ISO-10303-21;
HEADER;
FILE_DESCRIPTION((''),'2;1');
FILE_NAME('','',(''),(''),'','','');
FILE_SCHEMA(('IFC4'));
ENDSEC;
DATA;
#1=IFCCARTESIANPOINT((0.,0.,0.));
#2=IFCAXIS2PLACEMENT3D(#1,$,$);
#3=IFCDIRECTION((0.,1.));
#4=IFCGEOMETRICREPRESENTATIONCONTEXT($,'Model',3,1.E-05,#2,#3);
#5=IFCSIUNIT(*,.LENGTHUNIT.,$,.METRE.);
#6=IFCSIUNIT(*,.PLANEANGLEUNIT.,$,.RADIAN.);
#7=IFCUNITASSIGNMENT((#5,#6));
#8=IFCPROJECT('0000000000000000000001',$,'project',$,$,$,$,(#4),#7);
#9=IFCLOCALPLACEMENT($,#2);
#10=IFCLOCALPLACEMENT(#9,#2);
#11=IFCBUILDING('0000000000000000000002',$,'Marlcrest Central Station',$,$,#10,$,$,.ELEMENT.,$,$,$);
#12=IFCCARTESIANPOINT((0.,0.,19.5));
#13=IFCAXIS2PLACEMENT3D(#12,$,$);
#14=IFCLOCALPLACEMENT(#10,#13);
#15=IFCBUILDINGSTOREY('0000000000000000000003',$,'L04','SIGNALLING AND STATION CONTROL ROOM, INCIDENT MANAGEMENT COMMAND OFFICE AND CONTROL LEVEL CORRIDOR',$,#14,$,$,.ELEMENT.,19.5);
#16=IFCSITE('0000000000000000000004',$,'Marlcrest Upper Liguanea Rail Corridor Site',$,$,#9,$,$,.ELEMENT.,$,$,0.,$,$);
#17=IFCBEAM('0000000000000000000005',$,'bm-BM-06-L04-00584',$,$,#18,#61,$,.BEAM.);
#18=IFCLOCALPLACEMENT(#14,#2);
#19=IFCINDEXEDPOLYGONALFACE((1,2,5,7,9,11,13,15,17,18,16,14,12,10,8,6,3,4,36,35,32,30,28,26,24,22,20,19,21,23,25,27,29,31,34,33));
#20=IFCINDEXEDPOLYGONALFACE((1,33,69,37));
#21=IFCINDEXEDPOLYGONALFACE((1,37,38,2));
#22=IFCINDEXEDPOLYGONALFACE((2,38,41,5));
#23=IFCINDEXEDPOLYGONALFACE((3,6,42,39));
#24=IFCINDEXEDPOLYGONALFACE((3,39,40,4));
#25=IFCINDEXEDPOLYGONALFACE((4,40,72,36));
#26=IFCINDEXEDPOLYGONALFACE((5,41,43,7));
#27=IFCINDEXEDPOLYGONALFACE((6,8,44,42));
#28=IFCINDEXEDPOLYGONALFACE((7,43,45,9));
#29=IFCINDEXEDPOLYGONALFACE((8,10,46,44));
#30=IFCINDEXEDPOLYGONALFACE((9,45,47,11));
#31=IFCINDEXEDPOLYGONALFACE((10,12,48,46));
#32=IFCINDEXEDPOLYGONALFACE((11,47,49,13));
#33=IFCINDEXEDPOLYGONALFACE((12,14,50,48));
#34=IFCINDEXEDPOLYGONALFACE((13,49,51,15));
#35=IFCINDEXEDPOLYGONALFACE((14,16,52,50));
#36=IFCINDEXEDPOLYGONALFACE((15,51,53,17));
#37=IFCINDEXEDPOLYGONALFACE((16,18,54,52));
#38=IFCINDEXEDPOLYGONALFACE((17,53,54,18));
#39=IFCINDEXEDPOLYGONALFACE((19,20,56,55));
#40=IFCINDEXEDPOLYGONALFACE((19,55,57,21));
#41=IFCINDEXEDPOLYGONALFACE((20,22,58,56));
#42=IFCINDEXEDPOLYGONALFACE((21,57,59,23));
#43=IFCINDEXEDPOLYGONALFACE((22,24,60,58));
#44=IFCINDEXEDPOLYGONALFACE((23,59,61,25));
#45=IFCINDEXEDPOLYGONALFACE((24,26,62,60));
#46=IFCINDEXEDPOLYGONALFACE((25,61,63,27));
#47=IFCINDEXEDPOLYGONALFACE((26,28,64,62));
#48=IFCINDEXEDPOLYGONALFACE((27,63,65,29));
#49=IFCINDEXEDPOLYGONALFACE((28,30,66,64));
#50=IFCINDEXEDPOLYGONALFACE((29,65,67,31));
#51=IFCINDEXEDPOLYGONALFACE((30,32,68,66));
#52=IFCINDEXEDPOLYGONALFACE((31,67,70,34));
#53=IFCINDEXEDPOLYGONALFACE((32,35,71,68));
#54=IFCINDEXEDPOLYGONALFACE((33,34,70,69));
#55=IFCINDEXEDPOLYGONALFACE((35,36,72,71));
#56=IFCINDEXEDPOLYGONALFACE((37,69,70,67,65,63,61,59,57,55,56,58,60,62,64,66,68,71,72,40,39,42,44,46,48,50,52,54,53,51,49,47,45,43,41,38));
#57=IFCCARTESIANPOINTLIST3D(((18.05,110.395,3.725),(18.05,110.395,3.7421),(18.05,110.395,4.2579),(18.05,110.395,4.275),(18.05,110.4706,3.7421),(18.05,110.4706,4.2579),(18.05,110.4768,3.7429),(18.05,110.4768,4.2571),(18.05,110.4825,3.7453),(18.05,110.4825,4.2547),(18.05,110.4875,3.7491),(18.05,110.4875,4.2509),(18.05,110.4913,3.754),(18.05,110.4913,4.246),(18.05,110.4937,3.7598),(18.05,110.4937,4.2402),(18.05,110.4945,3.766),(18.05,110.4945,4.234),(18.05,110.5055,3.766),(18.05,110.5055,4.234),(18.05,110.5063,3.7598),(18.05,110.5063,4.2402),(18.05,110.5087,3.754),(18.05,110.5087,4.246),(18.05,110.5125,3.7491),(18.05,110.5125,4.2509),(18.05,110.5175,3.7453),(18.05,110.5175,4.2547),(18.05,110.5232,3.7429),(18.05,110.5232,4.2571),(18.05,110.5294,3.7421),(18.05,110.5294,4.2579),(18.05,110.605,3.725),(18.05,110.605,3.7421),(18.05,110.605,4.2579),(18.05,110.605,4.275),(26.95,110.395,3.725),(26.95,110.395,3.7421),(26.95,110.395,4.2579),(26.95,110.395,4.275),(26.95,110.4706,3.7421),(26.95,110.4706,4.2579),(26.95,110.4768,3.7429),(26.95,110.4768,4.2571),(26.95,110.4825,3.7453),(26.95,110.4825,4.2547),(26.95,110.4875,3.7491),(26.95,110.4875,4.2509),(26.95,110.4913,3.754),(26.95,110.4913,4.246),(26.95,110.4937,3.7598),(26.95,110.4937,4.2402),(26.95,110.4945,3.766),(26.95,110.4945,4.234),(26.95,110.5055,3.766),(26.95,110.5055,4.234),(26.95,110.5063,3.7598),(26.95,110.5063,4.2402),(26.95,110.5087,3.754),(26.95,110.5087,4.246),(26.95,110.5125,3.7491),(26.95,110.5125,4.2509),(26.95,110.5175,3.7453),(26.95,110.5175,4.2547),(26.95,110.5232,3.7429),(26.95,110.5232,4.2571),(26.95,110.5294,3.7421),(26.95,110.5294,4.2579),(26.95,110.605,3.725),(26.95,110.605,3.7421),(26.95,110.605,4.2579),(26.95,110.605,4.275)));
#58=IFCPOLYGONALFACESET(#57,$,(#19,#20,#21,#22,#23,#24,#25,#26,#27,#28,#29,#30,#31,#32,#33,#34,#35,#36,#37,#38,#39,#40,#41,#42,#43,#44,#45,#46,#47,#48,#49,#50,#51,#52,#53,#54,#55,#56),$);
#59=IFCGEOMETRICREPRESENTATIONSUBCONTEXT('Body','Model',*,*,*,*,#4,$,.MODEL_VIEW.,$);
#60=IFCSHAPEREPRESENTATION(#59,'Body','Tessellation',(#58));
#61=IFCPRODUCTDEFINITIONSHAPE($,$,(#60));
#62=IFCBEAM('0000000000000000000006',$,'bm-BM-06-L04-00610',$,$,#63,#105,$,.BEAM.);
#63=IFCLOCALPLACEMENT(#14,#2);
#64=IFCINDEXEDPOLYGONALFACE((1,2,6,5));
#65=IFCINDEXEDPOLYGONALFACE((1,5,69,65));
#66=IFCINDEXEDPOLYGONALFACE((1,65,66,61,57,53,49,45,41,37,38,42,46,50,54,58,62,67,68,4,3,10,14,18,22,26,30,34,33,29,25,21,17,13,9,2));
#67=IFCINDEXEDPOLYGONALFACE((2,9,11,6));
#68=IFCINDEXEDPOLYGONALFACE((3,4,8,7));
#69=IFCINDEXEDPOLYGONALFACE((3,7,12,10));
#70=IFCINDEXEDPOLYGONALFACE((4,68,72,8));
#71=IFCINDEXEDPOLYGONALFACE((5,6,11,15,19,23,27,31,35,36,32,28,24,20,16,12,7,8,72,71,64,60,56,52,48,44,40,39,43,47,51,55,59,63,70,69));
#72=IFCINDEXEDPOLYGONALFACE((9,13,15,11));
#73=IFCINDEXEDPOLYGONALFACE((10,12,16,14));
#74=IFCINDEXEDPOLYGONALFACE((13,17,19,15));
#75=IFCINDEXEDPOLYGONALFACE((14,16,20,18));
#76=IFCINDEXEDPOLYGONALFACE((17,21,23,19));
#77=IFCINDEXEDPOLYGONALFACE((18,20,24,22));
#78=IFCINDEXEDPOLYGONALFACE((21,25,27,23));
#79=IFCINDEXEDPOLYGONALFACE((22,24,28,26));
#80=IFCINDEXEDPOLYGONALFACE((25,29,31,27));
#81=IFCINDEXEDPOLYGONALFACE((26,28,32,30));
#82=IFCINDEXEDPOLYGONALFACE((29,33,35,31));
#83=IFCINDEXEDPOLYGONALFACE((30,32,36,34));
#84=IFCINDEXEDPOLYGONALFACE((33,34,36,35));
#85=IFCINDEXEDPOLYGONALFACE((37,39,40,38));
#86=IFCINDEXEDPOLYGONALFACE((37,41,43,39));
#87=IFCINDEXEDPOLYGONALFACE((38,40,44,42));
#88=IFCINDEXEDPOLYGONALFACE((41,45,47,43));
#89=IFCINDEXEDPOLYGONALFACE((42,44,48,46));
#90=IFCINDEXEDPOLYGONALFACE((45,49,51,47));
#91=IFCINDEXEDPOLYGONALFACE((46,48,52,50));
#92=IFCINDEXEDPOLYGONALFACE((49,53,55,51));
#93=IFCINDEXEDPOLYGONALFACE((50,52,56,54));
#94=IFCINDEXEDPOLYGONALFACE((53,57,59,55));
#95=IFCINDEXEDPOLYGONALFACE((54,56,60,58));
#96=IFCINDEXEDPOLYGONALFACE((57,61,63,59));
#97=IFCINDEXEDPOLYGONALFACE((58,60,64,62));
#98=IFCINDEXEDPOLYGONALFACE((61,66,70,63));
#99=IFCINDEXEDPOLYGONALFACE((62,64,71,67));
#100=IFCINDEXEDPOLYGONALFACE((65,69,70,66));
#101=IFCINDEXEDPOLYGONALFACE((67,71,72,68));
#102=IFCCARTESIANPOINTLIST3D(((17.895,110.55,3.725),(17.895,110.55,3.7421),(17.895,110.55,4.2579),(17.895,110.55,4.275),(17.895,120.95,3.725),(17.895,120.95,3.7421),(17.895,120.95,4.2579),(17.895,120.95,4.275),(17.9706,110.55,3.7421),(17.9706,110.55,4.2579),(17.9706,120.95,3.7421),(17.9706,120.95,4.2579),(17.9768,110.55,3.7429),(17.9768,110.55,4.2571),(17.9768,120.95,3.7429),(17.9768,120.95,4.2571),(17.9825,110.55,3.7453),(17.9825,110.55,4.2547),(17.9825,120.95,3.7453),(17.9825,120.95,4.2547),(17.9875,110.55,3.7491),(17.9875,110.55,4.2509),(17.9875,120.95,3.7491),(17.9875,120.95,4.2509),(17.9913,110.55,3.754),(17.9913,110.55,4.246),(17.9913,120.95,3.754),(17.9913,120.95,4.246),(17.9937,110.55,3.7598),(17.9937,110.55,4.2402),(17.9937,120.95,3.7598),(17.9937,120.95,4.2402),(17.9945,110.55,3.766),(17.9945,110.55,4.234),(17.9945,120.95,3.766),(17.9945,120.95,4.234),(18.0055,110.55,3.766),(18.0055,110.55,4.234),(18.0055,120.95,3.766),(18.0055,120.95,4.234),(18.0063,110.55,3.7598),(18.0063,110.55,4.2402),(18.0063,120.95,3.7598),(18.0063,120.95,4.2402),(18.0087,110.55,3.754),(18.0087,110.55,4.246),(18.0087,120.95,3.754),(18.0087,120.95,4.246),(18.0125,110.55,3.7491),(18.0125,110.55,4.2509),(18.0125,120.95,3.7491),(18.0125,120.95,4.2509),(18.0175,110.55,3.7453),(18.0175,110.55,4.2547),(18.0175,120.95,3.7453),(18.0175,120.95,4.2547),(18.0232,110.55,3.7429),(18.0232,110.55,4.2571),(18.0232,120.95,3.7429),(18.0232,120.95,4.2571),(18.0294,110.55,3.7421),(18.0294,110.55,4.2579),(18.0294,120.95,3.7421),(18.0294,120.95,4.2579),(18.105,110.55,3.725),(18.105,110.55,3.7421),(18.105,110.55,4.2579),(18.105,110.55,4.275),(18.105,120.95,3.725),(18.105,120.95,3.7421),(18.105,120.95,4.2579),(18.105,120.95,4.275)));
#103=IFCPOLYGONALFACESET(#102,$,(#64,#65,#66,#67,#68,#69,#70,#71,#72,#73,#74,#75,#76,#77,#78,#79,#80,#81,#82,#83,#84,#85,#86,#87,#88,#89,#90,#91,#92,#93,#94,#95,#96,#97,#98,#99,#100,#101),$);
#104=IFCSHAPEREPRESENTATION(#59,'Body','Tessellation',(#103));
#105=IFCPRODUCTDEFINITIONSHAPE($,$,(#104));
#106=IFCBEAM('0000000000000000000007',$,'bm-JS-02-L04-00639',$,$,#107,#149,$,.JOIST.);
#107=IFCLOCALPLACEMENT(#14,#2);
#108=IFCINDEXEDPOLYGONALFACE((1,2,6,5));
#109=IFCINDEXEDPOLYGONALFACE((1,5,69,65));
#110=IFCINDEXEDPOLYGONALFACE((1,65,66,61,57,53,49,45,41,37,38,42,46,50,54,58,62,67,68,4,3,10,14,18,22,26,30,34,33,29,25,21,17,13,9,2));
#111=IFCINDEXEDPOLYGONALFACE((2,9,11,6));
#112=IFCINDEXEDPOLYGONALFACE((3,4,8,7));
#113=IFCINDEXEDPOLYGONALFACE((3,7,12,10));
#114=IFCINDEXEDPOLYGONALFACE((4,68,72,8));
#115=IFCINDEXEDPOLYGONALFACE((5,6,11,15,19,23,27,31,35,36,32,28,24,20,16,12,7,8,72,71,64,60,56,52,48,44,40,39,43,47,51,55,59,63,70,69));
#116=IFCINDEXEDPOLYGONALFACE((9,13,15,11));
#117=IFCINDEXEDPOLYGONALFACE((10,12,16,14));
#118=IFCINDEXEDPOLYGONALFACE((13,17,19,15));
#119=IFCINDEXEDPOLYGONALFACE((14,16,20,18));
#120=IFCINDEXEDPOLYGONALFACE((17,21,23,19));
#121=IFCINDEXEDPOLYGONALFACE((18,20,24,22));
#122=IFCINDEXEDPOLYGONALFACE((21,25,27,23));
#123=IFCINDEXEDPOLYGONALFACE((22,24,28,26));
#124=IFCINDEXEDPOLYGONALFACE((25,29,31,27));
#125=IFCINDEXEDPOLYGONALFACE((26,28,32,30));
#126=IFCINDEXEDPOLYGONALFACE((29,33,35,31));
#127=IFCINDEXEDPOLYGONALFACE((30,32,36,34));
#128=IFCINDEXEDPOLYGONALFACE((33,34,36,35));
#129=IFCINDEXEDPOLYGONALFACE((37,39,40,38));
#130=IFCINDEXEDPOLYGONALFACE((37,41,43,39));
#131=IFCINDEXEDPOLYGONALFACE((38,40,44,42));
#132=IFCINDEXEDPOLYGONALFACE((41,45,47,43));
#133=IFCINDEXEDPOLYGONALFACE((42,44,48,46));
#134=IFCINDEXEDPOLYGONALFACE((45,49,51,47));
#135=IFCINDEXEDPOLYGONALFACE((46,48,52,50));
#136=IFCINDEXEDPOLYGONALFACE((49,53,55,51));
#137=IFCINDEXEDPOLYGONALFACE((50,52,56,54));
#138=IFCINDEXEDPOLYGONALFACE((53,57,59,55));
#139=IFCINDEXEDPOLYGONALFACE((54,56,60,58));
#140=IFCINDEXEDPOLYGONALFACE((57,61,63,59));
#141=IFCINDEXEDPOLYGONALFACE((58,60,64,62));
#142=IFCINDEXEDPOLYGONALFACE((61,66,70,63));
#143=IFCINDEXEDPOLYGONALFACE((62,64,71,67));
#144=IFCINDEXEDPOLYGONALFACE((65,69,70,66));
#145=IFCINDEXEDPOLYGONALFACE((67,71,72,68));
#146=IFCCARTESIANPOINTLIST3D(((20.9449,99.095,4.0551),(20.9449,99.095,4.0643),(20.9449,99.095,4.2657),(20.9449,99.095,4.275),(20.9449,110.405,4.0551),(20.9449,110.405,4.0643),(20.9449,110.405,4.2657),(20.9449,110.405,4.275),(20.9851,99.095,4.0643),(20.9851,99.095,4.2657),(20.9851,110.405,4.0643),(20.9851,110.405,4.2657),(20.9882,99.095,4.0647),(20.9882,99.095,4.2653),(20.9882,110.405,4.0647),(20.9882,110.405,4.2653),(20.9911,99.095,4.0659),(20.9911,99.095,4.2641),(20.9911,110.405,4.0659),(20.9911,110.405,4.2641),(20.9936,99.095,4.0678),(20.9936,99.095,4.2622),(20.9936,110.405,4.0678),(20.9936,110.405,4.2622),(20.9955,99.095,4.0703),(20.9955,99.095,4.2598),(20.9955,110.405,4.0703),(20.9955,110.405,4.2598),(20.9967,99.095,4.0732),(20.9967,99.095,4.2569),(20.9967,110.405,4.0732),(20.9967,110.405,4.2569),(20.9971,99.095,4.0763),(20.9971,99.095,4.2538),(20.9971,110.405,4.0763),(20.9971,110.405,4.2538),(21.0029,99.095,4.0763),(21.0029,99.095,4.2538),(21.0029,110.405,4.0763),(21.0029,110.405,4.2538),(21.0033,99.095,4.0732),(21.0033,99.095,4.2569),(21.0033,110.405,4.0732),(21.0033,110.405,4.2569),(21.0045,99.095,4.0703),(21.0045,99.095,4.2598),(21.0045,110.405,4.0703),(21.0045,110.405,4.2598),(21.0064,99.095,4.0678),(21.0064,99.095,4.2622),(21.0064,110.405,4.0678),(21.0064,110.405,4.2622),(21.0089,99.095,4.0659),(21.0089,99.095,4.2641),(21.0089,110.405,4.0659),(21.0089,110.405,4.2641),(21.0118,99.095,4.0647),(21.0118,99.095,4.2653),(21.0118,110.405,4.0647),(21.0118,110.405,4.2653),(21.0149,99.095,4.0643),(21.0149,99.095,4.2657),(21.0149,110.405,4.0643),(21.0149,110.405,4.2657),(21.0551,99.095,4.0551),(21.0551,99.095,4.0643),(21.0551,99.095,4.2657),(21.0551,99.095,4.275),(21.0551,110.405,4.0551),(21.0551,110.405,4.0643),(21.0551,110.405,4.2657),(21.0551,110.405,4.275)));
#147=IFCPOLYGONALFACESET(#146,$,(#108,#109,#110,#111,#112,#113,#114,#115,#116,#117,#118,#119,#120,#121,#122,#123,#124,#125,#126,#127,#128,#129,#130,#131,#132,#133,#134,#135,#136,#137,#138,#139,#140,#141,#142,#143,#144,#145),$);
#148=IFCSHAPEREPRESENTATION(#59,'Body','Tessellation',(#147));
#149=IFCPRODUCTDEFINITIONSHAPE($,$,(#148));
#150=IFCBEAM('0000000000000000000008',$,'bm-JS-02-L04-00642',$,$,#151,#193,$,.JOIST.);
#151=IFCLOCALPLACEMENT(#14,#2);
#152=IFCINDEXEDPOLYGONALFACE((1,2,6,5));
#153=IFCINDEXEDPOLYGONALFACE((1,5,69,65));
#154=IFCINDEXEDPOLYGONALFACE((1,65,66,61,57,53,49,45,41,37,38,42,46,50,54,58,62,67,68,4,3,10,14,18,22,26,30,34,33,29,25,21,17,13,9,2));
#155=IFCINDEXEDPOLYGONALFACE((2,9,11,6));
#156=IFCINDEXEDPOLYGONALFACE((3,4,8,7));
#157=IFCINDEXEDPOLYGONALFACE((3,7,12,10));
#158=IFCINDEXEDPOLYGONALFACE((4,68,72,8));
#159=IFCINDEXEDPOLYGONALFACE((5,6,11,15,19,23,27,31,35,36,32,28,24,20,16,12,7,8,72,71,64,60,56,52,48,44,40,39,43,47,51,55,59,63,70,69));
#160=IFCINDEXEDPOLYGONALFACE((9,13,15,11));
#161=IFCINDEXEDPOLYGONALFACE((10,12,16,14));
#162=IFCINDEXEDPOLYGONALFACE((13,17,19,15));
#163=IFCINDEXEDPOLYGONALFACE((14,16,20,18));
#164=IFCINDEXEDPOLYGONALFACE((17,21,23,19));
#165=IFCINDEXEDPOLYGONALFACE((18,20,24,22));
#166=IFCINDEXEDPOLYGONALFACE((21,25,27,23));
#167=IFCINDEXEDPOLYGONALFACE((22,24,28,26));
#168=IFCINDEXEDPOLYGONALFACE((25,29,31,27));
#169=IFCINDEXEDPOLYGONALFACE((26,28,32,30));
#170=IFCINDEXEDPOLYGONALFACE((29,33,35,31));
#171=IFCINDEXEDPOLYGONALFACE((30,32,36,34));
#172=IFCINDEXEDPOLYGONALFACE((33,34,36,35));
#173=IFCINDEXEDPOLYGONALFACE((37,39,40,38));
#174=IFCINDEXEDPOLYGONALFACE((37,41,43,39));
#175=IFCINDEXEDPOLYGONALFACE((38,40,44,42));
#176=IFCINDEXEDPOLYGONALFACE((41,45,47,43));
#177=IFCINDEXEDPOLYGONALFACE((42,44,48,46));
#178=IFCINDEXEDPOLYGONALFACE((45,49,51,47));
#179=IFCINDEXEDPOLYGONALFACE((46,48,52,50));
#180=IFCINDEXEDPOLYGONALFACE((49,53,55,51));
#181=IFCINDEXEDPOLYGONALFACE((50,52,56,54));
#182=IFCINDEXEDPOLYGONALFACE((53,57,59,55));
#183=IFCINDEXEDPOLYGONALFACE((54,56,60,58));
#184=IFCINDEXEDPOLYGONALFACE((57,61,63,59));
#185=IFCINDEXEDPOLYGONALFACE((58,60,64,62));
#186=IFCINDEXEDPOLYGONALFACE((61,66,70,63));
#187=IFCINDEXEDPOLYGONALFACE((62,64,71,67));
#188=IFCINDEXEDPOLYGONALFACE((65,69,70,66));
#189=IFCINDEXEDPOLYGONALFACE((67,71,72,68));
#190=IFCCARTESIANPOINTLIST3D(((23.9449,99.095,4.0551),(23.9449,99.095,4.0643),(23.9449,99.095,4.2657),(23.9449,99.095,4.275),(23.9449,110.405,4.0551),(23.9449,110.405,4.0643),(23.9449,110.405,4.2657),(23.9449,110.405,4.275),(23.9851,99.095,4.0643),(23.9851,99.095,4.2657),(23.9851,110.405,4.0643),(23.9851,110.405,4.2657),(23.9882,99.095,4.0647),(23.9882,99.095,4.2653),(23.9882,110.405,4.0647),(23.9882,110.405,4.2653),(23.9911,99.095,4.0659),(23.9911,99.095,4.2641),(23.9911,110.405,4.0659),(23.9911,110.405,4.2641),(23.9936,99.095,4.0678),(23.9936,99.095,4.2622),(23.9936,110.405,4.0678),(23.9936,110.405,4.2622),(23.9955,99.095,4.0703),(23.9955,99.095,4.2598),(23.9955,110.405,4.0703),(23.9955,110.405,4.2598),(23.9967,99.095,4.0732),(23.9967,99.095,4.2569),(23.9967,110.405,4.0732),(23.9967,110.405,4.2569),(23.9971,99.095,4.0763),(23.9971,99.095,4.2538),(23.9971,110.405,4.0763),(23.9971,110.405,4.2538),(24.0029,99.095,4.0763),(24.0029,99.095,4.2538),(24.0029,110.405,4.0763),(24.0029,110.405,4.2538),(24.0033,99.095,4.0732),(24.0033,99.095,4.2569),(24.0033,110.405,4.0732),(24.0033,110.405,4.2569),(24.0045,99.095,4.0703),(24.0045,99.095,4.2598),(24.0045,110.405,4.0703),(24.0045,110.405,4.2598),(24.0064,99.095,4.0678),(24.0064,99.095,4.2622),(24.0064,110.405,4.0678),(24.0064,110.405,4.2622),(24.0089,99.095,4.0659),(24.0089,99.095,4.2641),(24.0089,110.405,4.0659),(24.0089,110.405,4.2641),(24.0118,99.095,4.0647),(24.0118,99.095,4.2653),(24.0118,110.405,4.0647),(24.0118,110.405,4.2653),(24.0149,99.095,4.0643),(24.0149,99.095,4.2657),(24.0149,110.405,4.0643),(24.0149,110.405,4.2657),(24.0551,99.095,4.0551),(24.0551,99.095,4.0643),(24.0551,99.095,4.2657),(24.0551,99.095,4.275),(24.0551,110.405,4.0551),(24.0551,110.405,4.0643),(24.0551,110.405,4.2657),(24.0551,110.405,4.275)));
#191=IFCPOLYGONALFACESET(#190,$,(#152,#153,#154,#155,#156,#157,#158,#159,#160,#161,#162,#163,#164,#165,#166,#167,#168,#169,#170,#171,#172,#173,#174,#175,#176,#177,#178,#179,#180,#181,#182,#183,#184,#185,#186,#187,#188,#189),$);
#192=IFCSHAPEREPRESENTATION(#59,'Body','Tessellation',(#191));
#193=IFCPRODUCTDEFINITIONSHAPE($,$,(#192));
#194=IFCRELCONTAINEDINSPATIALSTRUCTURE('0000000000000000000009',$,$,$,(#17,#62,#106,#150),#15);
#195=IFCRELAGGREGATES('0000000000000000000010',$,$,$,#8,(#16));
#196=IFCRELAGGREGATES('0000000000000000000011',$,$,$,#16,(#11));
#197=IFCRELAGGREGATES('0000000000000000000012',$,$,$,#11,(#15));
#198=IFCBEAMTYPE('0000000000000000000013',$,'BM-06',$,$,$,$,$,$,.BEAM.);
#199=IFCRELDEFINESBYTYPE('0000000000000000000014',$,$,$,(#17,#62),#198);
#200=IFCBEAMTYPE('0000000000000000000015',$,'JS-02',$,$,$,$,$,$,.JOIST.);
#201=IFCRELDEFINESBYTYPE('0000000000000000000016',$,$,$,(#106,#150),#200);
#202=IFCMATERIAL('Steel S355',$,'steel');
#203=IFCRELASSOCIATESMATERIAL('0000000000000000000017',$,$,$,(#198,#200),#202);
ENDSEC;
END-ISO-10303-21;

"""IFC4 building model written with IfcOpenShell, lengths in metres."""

from ifc_helpers import new_model, si_unit, direction, frame, origin, origin_2d, place, context, subcontext, project, spatial, i_section, extrude, material, material_profile, profile_set, type_object, element, save


model = new_model("IFC4")

# Units and contexts
model_context = context("Model", 3, precision=1e-05, world=origin(), true_north=direction((0.0, 1.0)))
body_context = subcontext(model_context, "Body", "Model", "MODEL_VIEW")
ifc_project = project(units=[si_unit("LENGTHUNIT", "METRE"), si_unit("PLANEANGLEUNIT", "RADIAN")], contexts=[model_context])

# Site, building, storey
site_placement = place(None, origin())
site = spatial("IfcSite", under=ifc_project, at=site_placement, Name="Marlcrest Upper Liguanea Rail Corridor Site", CompositionType="ELEMENT", RefElevation=0.0)
building_placement = place(site_placement, origin())
building = spatial("IfcBuilding", under=site, at=building_placement, Name="Marlcrest Central Station", CompositionType="ELEMENT")
storey_placement = place(building_placement, frame((0.0, 0.0, 19.5)))
storey = spatial("IfcBuildingStorey", under=building, at=storey_placement, Name="L04", Description="SIGNALLING AND STATION CONTROL ROOM, INCIDENT MANAGEMENT COMMAND OFFICE AND CONTROL LEVEL CORRIDOR", CompositionType="ELEMENT", Elevation=19.5)

# Beams
ifc_material_1 = material(Name="Steel S355", Category="steel")
ifc_material_profile_1 = material_profile(ifc_material_1, i_section(OverallWidth=0.21, OverallDepth=0.55, WebThickness=0.011, FlangeThickness=0.0171, FilletRadius=0.0239, at=origin_2d()), Name="IPE 550")
ifc_profile_set_1 = profile_set([ifc_material_profile_1], Name="Steel S355")
beam_type_1 = type_object("IfcBeamType", Name="BM-06", PredefinedType="BEAM", material=ifc_profile_set_1)
beam_1_placement = place(storey_placement, frame((18.05, 110.5, 4.0), z_axis=(1.0, 0.0, 0.0), x_axis=(0.0, 1.0, 0.0)))
element("IfcBeam", 1, at=beam_1_placement, inside=storey, type_object=beam_type_1, Name="bm-BM-06-L04-00584", PredefinedType="BEAM", context=body_context, shape_type="SweptSolid", body=[
    extrude(i_section(OverallWidth=0.21, OverallDepth=0.55, WebThickness=0.011, FlangeThickness=0.0171, FilletRadius=0.0239, at=origin_2d()), origin(), (0.0, 0.0, 1.0), 8.8999),
])
beam_2_placement = place(storey_placement, frame((18.0, 110.55, 4.0), z_axis=(0.0, 1.0, 0.0), x_axis=(-1.0, 0.0, 0.0)))
element("IfcBeam", 2, at=beam_2_placement, inside=storey, type_object=beam_type_1, Name="bm-BM-06-L04-00610", PredefinedType="BEAM", context=body_context, shape_type="SweptSolid", body=[
    extrude(i_section(OverallWidth=0.21, OverallDepth=0.55, WebThickness=0.011, FlangeThickness=0.0171, FilletRadius=0.0239, at=origin_2d()), origin(), (0.0, 0.0, 1.0), 10.3999),
])
ifc_material_profile_2 = material_profile(ifc_material_1, i_section(OverallWidth=0.1101, OverallDepth=0.22, WebThickness=0.0059, FlangeThickness=0.0093, FilletRadius=0.012, at=origin_2d()), Name="IPE 220")
ifc_profile_set_2 = profile_set([ifc_material_profile_2], Name="Steel S355")
beam_type_2 = type_object("IfcBeamType", Name="JS-02", PredefinedType="JOIST", material=ifc_profile_set_2)
for number, where, z_axis, x_axis, name in (
    (3, (21.0, 99.095, 4.165), (0.0, 1.0, 0.0), (-1.0, 0.0, 0.0), "bm-JS-02-L04-00639"),
    (4, (24.0, 99.095, 4.165), (0.0, 1.0, 0.0), (-1.0, 0.0, 0.0), "bm-JS-02-L04-00642"),
):
    element("IfcBeam", number, at=place(storey_placement, frame(where, z_axis=z_axis, x_axis=x_axis)), inside=storey, type_object=beam_type_2, Name=name, PredefinedType="JOIST", context=body_context, shape_type="SweptSolid", body=[
        extrude(i_section(OverallWidth=0.1101, OverallDepth=0.22, WebThickness=0.0059, FlangeThickness=0.0093, FilletRadius=0.012, at=origin_2d()), origin(), (0.0, 0.0, 1.0), 11.3101),
    ])

save(model, "model.ifc")
